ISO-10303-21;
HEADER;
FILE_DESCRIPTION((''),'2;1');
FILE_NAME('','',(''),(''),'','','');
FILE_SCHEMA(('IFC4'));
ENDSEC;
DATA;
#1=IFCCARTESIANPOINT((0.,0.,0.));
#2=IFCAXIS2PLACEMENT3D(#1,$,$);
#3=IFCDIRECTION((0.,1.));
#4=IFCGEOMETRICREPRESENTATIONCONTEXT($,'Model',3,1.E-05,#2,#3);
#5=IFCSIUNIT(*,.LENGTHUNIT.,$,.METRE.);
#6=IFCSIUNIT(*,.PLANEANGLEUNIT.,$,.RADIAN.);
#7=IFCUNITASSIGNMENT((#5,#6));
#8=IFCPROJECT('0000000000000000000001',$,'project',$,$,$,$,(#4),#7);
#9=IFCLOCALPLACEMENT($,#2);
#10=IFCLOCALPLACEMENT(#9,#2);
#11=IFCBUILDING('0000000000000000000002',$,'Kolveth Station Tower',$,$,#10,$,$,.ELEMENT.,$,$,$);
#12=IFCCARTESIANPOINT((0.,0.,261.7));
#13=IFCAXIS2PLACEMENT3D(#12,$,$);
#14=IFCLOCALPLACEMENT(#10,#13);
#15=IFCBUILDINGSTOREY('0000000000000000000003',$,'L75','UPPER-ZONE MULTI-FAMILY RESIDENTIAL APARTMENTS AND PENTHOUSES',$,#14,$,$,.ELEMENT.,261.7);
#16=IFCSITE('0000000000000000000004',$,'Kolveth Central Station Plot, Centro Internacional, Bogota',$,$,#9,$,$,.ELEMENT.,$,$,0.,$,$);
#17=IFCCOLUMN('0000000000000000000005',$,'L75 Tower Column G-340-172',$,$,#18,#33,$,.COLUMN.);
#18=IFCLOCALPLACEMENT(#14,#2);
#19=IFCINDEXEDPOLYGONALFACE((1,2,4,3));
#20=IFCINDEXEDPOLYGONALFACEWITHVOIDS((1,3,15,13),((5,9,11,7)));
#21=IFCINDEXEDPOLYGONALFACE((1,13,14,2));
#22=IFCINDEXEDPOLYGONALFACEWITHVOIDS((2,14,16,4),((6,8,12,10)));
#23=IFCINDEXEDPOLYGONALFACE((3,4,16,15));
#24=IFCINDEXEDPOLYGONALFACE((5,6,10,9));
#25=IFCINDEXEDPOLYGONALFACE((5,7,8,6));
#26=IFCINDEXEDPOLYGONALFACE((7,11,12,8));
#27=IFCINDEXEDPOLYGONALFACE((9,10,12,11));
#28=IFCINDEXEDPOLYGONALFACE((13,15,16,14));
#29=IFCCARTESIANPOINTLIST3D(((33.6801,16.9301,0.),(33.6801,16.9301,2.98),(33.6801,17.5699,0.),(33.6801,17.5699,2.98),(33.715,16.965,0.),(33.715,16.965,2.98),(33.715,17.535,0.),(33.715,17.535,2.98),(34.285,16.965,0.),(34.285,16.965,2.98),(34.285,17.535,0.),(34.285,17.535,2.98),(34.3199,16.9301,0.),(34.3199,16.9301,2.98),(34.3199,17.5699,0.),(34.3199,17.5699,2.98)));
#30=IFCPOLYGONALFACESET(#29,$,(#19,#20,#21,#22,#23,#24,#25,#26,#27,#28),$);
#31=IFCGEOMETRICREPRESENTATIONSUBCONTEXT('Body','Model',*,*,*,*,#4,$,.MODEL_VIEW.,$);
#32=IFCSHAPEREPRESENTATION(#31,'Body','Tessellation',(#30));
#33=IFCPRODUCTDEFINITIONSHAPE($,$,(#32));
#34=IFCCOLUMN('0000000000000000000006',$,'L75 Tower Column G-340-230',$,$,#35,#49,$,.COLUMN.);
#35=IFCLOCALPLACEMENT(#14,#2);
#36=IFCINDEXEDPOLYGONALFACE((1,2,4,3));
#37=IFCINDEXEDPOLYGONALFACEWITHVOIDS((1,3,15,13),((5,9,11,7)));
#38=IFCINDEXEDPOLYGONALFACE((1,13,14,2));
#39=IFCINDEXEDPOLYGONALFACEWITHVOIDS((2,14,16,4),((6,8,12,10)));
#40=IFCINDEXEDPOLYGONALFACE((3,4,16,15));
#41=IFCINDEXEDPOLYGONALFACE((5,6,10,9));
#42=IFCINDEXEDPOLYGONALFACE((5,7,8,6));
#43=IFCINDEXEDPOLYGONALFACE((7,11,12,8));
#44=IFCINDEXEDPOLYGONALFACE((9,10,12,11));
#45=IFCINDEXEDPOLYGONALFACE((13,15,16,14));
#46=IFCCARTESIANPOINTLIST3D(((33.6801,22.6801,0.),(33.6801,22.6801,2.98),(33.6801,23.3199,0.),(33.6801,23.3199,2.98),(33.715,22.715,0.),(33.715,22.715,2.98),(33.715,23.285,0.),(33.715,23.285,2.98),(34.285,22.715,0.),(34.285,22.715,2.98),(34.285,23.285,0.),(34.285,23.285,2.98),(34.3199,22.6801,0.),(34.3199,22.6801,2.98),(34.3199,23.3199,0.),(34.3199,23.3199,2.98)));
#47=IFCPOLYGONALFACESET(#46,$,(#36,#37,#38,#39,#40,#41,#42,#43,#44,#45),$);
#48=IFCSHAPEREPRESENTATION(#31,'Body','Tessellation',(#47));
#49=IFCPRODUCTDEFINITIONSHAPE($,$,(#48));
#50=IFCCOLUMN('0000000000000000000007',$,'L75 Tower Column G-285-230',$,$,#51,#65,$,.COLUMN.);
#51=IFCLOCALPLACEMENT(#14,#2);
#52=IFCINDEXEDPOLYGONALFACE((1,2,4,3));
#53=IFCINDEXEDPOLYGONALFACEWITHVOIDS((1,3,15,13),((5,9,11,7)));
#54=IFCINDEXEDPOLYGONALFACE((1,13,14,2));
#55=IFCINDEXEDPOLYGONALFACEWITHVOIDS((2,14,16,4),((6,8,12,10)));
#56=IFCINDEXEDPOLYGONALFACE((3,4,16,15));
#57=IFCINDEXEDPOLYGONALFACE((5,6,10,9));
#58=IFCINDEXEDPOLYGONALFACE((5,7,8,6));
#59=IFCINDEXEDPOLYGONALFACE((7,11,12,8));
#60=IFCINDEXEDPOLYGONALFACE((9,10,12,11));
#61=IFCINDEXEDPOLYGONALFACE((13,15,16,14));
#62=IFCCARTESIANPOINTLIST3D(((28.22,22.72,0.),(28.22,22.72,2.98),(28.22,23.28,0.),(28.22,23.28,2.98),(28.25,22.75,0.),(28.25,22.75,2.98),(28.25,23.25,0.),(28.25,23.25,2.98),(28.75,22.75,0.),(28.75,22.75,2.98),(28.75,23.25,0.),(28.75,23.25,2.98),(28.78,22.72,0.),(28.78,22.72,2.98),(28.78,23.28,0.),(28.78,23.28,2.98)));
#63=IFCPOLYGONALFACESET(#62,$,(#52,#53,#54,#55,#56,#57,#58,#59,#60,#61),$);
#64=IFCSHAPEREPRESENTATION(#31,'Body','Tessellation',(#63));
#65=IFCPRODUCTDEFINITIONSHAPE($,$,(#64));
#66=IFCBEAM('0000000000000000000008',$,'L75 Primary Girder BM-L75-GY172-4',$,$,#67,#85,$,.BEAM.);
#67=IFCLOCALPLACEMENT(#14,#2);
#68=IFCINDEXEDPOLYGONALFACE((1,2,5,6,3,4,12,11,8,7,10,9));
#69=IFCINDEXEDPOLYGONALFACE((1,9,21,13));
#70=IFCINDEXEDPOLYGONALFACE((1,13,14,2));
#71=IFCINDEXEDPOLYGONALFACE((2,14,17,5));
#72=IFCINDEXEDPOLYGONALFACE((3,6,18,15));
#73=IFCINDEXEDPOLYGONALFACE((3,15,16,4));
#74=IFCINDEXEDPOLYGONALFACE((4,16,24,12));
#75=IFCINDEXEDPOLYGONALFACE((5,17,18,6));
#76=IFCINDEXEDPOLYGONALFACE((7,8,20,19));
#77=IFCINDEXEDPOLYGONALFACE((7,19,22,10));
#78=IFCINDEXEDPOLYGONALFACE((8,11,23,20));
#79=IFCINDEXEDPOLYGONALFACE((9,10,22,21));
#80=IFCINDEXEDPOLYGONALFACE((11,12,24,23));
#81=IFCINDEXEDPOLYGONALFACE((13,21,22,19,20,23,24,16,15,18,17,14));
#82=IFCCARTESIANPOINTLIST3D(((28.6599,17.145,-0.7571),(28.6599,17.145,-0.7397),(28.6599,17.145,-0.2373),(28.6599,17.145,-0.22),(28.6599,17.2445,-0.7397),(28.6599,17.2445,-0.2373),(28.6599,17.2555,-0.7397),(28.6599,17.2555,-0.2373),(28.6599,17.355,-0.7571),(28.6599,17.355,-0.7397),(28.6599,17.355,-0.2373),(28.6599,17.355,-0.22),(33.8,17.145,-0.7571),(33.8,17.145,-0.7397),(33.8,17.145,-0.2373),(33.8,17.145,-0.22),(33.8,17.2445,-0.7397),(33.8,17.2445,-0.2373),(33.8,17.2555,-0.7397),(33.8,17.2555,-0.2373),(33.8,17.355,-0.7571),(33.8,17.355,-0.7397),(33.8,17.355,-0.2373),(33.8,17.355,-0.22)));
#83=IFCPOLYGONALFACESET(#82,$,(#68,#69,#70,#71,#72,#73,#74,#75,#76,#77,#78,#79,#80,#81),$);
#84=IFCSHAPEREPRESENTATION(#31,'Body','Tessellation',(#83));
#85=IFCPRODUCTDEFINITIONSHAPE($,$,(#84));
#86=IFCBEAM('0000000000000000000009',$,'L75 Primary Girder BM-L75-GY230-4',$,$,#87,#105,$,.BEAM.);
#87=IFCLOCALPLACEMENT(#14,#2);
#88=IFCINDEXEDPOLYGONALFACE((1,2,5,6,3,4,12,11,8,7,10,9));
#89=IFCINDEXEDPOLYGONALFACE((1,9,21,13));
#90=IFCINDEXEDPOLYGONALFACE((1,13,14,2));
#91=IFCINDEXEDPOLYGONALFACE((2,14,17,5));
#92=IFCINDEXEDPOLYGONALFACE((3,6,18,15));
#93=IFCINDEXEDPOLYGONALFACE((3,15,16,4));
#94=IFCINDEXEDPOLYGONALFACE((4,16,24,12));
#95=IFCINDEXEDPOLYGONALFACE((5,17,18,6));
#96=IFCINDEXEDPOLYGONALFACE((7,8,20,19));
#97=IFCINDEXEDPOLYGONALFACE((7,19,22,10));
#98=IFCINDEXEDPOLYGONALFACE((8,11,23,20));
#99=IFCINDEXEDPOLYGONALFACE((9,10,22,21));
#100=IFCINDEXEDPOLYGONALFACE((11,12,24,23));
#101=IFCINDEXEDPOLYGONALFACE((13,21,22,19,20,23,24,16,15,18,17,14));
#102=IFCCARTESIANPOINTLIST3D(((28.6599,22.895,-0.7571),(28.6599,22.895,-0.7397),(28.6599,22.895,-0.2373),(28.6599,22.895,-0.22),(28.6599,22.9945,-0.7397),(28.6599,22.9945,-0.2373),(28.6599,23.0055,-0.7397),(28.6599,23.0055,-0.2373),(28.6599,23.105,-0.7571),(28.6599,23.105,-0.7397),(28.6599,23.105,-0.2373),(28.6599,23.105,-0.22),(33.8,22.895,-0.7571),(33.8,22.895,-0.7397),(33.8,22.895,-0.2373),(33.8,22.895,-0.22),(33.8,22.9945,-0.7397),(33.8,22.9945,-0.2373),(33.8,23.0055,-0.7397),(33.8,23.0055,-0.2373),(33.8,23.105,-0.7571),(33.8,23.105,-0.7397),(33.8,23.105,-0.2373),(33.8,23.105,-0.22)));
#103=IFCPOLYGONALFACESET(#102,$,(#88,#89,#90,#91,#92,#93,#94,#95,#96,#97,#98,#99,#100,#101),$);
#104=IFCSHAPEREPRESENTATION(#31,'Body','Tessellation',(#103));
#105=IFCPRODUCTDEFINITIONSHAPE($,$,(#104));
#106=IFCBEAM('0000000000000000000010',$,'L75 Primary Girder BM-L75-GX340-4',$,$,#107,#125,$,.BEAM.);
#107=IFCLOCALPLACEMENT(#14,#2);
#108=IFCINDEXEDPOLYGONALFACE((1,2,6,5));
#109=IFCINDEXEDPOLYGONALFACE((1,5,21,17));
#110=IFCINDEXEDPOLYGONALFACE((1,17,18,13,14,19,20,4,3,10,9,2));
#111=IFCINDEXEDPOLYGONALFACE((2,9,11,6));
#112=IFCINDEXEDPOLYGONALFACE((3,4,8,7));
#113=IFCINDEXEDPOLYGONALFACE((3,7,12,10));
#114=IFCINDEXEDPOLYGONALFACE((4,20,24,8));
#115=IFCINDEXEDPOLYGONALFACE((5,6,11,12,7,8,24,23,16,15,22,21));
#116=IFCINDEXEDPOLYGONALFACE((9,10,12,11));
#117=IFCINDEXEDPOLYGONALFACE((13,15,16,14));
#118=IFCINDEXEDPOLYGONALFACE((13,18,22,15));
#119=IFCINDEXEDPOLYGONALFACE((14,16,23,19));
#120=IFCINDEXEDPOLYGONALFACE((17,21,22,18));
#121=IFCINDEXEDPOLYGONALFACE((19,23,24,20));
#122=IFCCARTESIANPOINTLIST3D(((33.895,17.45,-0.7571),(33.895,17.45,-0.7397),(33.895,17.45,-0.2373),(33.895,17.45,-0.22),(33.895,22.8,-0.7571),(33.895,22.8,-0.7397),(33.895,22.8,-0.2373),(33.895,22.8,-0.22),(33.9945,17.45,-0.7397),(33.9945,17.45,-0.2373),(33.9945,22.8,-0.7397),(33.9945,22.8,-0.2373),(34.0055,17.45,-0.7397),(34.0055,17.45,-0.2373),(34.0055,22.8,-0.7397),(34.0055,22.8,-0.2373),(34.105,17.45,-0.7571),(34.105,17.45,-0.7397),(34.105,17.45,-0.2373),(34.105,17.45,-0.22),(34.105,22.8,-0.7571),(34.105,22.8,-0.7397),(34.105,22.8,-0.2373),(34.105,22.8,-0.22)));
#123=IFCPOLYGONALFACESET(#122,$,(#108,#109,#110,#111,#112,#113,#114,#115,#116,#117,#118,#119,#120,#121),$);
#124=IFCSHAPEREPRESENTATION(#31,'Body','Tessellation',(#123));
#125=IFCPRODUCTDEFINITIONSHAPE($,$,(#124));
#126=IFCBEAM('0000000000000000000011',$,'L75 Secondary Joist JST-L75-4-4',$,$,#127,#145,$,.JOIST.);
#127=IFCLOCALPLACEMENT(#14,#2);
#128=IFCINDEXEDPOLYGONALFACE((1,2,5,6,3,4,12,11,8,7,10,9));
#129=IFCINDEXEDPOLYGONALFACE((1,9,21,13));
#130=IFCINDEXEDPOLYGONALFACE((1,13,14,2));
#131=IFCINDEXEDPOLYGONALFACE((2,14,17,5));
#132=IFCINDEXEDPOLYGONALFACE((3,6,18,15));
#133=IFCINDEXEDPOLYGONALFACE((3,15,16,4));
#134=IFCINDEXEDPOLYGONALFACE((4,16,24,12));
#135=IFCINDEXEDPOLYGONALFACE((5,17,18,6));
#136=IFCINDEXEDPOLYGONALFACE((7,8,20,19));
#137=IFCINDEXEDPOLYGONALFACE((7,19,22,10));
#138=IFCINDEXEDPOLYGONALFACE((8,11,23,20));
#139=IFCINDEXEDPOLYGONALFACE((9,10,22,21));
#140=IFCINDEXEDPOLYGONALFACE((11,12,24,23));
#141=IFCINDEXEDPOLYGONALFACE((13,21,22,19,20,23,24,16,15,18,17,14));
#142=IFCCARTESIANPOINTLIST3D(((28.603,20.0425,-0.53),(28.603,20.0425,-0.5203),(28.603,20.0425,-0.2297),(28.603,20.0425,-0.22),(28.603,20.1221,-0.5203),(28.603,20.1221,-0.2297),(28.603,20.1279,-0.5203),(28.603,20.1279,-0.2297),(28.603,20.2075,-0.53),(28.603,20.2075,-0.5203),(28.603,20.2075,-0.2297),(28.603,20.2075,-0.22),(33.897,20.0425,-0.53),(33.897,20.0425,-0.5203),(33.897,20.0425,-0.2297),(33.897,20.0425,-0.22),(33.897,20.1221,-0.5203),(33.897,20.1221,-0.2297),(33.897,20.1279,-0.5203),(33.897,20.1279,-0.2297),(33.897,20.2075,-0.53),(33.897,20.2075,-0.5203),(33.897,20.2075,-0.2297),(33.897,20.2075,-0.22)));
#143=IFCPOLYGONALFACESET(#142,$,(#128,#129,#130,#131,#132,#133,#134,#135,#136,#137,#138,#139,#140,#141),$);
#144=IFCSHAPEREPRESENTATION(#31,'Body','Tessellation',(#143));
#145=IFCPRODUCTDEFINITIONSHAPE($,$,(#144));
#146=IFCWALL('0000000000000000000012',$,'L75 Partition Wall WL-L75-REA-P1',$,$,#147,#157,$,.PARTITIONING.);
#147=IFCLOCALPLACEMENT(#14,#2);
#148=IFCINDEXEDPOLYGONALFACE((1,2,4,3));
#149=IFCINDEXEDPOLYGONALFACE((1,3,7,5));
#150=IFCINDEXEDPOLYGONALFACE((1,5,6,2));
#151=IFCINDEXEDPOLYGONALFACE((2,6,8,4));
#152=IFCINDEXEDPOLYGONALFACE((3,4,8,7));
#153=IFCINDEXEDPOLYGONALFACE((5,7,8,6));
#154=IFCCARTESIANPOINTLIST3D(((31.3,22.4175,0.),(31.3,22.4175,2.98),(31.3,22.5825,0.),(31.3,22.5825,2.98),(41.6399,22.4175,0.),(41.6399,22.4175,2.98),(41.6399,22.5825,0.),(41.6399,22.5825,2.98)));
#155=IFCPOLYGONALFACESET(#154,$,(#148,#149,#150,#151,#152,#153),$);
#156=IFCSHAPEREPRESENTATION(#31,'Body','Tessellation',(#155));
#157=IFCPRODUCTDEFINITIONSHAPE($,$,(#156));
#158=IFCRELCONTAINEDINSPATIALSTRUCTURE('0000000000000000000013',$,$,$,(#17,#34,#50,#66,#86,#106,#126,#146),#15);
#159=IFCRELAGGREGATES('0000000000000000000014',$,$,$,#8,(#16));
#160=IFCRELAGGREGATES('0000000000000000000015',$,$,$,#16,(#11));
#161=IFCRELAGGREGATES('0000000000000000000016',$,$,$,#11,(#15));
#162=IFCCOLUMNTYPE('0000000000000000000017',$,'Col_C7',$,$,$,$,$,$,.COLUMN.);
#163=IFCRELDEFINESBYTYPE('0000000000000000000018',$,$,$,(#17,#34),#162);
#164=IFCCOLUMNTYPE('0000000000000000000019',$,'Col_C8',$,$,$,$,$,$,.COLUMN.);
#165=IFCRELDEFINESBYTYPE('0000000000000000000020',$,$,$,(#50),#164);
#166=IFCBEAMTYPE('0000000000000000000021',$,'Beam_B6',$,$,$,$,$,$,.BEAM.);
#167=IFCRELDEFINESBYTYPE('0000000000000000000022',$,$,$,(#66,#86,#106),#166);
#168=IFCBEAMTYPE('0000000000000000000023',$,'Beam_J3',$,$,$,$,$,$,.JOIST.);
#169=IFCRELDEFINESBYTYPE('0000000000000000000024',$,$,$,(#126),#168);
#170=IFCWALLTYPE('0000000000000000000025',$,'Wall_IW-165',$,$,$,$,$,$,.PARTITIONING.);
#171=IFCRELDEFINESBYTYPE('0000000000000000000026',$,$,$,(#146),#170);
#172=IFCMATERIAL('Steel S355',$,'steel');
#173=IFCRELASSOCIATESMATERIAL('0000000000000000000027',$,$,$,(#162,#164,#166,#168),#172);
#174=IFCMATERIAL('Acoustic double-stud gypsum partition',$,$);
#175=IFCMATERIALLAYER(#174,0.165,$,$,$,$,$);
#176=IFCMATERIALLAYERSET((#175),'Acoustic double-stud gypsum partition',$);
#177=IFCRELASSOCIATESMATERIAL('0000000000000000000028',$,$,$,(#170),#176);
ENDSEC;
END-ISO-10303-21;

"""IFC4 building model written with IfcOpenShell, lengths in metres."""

from ifc_helpers import new_model, si_unit, direction, frame, frame_2d, origin, origin_2d, place, context, subcontext, project, spatial, rectangle, hollow_rectangle, i_section, extrude, source, transform, mapped, material, layer, layer_set, material_profile, profile_set, type_object, element, save


model = new_model("IFC4")

# Units and contexts
model_context = context("Model", 3, precision=1e-05, world=origin(), true_north=direction((0.0, 1.0)))
body_context = subcontext(model_context, "Body", "Model", "MODEL_VIEW")
ifc_project = project(units=[si_unit("LENGTHUNIT", "METRE"), si_unit("PLANEANGLEUNIT", "RADIAN")], contexts=[model_context])

# Site, building, storey
site_placement = place(None, origin())
site = spatial("IfcSite", under=ifc_project, at=site_placement, Name="Kolveth Central Station Plot, Centro Internacional, Bogota", CompositionType="ELEMENT", RefElevation=0.0)
building_placement = place(site_placement, origin())
building = spatial("IfcBuilding", under=site, at=building_placement, Name="Kolveth Station Tower", CompositionType="ELEMENT")
storey_placement = place(building_placement, frame((0.0, 0.0, 261.7)))
storey = spatial("IfcBuildingStorey", under=building, at=storey_placement, Name="L75", Description="UPPER-ZONE MULTI-FAMILY RESIDENTIAL APARTMENTS AND PENTHOUSES", CompositionType="ELEMENT", Elevation=261.7)

# Columns
ifc_material_1 = material(Name="Steel S355", Category="steel")
ifc_material_profile_1 = material_profile(ifc_material_1, hollow_rectangle(XDim=0.6399, YDim=0.6399, WallThickness=0.0349, at=origin_2d()), Name="BOX640x640x35")
ifc_profile_set_1 = profile_set([ifc_material_profile_1], Name="Steel S355")
column_type_1 = type_object("IfcColumnType", Name="Col_C7", PredefinedType="COLUMN", material=ifc_profile_set_1)
shared_shape_1 = source(origin(), body_context, "Body", "SweptSolid", [
    extrude(hollow_rectangle(XDim=0.6399, YDim=0.6399, WallThickness=0.0349, at=origin_2d()), origin(), (0.0, 0.0, 1.0), 2.98),
])
for number, where, z_axis, x_axis, name in (
    (1, (34.0, 17.25, 0.0), (0.0, 0.0, 1.0), (1.0, 0.0, 0.0), "L75 Tower Column G-340-172"),
    (2, (34.0, 23.0, 0.0), (0.0, 0.0, 1.0), (1.0, 0.0, 0.0), "L75 Tower Column G-340-230"),
):
    element("IfcColumn", number, at=place(storey_placement, frame(where, z_axis=z_axis, x_axis=x_axis)), inside=storey, type_object=column_type_1, Name=name, PredefinedType="COLUMN", context=body_context, shape_type="MappedRepresentation", body=[
        mapped(shared_shape_1, transform((0.0, 0.0, 0.0), x_axis=(1.0, 0.0, 0.0), y_axis=(0.0, 1.0, 0.0), z_axis=(0.0, 0.0, 1.0), scale=1.0)),
    ])
ifc_material_profile_2 = material_profile(ifc_material_1, hollow_rectangle(XDim=0.5601, YDim=0.5601, WallThickness=0.03, at=origin_2d()), Name="BOX560x560x30")
ifc_profile_set_2 = profile_set([ifc_material_profile_2], Name="Steel S355")
column_type_2 = type_object("IfcColumnType", Name="Col_C8", PredefinedType="COLUMN", material=ifc_profile_set_2)
shared_shape_2 = source(origin(), body_context, "Body", "SweptSolid", [
    extrude(hollow_rectangle(XDim=0.5601, YDim=0.5601, WallThickness=0.03, at=origin_2d()), origin(), (0.0, 0.0, 1.0), 2.98),
])
column_placement = place(storey_placement, frame((28.5, 23.0, 0.0), z_axis=(0.0, 0.0, 1.0), x_axis=(1.0, 0.0, 0.0)))
element("IfcColumn", 3, at=column_placement, inside=storey, type_object=column_type_2, Name="L75 Tower Column G-285-230", PredefinedType="COLUMN", context=body_context, shape_type="MappedRepresentation", body=[
    mapped(shared_shape_2, transform((0.0, 0.0, 0.0), x_axis=(1.0, 0.0, 0.0), y_axis=(0.0, 1.0, 0.0), z_axis=(0.0, 0.0, 1.0), scale=1.0)),
])

# Beams
ifc_material_profile_3 = material_profile(ifc_material_1, i_section(OverallWidth=0.21, OverallDepth=0.5371, WebThickness=0.011, FlangeThickness=0.0173, at=origin_2d()), Name="W530x101")
ifc_profile_set_3 = profile_set([ifc_material_profile_3], Name="Steel S355")
beam_type_1 = type_object("IfcBeamType", Name="Beam_B6", PredefinedType="BEAM", material=ifc_profile_set_3)
shared_shape_3 = source(origin(), body_context, "Body", "SweptSolid", [
    extrude(i_section(OverallWidth=0.21, OverallDepth=0.5371, WebThickness=0.011, FlangeThickness=0.0173, at=origin_2d()), origin(), (0.0, 0.0, 1.0), 5.1401),
])
for number, where, z_axis, x_axis, name in (
    (4, (28.6599, 17.25, -0.4885), (1.0, 0.0, 0.0), (0.0, 1.0, 0.0), "L75 Primary Girder BM-L75-GY172-4"),
    (5, (28.6599, 23.0, -0.4885), (1.0, 0.0, 0.0), (0.0, 1.0, 0.0), "L75 Primary Girder BM-L75-GY230-4"),
):
    element("IfcBeam", number, at=place(storey_placement, frame(where, z_axis=z_axis, x_axis=x_axis)), inside=storey, type_object=beam_type_1, Name=name, PredefinedType="BEAM", context=body_context, shape_type="MappedRepresentation", body=[
        mapped(shared_shape_3, transform((0.0, 0.0, 0.0), x_axis=(1.0, 0.0, 0.0), y_axis=(0.0, 1.0, 0.0), z_axis=(0.0, 0.0, 1.0), scale=1.0)),
    ])
shared_shape_4 = source(origin(), body_context, "Body", "SweptSolid", [
    extrude(i_section(OverallWidth=0.21, OverallDepth=0.5371, WebThickness=0.011, FlangeThickness=0.0173, at=origin_2d()), origin(), (0.0, 0.0, 1.0), 5.3501),
])
beam_1_placement = place(storey_placement, frame((34.0, 17.45, -0.4885), z_axis=(0.0, 1.0, 0.0), x_axis=(-1.0, 0.0, 0.0)))
element("IfcBeam", 6, at=beam_1_placement, inside=storey, type_object=beam_type_1, Name="L75 Primary Girder BM-L75-GX340-4", PredefinedType="BEAM", context=body_context, shape_type="MappedRepresentation", body=[
    mapped(shared_shape_4, transform((0.0, 0.0, 0.0), x_axis=(1.0, 0.0, 0.0), y_axis=(0.0, 1.0, 0.0), z_axis=(0.0, 0.0, 1.0), scale=1.0)),
])
ifc_material_profile_4 = material_profile(ifc_material_1, i_section(OverallWidth=0.165, OverallDepth=0.3101, WebThickness=0.0059, FlangeThickness=0.0098, at=origin_2d()), Name="W310x39")
ifc_profile_set_4 = profile_set([ifc_material_profile_4], Name="Steel S355")
beam_type_2 = type_object("IfcBeamType", Name="Beam_J3", PredefinedType="JOIST", material=ifc_profile_set_4)
shared_shape_5 = source(origin(), body_context, "Body", "SweptSolid", [
    extrude(i_section(OverallWidth=0.165, OverallDepth=0.3101, WebThickness=0.0059, FlangeThickness=0.0098, at=origin_2d()), origin(), (0.0, 0.0, 1.0), 5.2939),
])
beam_2_placement = place(storey_placement, frame((28.603, 20.125, -0.375), z_axis=(1.0, 0.0, 0.0), x_axis=(0.0, 1.0, 0.0)))
element("IfcBeam", 7, at=beam_2_placement, inside=storey, type_object=beam_type_2, Name="L75 Secondary Joist JST-L75-4-4", PredefinedType="JOIST", context=body_context, shape_type="MappedRepresentation", body=[
    mapped(shared_shape_5, transform((0.0, 0.0, 0.0), x_axis=(1.0, 0.0, 0.0), y_axis=(0.0, 1.0, 0.0), z_axis=(0.0, 0.0, 1.0), scale=1.0)),
])

# Wall
ifc_material_2 = material(Name="Acoustic double-stud gypsum partition")
ifc_layer_1 = layer(ifc_material_2, 0.165)
ifc_layer_set_1 = layer_set([ifc_layer_1], Name="Acoustic double-stud gypsum partition")
wall_type_1 = type_object("IfcWallType", Name="Wall_IW-165", PredefinedType="PARTITIONING", material=ifc_layer_set_1)
wall_1_placement = place(storey_placement, frame((31.3, 22.5, 0.0), z_axis=(0.0, 0.0, 1.0), x_axis=(1.0, 0.0, 0.0)))
element("IfcWall", 8, at=wall_1_placement, inside=storey, type_object=wall_type_1, Name="L75 Partition Wall WL-L75-REA-P1", PredefinedType="PARTITIONING", context=body_context, shape_type="SweptSolid", body=[
    extrude(rectangle(XDim=10.3398, YDim=0.165, at=frame_2d((5.1699, 0.0))), origin(), (0.0, 0.0, 1.0), 2.98),
])

save(model, "model.ifc")
